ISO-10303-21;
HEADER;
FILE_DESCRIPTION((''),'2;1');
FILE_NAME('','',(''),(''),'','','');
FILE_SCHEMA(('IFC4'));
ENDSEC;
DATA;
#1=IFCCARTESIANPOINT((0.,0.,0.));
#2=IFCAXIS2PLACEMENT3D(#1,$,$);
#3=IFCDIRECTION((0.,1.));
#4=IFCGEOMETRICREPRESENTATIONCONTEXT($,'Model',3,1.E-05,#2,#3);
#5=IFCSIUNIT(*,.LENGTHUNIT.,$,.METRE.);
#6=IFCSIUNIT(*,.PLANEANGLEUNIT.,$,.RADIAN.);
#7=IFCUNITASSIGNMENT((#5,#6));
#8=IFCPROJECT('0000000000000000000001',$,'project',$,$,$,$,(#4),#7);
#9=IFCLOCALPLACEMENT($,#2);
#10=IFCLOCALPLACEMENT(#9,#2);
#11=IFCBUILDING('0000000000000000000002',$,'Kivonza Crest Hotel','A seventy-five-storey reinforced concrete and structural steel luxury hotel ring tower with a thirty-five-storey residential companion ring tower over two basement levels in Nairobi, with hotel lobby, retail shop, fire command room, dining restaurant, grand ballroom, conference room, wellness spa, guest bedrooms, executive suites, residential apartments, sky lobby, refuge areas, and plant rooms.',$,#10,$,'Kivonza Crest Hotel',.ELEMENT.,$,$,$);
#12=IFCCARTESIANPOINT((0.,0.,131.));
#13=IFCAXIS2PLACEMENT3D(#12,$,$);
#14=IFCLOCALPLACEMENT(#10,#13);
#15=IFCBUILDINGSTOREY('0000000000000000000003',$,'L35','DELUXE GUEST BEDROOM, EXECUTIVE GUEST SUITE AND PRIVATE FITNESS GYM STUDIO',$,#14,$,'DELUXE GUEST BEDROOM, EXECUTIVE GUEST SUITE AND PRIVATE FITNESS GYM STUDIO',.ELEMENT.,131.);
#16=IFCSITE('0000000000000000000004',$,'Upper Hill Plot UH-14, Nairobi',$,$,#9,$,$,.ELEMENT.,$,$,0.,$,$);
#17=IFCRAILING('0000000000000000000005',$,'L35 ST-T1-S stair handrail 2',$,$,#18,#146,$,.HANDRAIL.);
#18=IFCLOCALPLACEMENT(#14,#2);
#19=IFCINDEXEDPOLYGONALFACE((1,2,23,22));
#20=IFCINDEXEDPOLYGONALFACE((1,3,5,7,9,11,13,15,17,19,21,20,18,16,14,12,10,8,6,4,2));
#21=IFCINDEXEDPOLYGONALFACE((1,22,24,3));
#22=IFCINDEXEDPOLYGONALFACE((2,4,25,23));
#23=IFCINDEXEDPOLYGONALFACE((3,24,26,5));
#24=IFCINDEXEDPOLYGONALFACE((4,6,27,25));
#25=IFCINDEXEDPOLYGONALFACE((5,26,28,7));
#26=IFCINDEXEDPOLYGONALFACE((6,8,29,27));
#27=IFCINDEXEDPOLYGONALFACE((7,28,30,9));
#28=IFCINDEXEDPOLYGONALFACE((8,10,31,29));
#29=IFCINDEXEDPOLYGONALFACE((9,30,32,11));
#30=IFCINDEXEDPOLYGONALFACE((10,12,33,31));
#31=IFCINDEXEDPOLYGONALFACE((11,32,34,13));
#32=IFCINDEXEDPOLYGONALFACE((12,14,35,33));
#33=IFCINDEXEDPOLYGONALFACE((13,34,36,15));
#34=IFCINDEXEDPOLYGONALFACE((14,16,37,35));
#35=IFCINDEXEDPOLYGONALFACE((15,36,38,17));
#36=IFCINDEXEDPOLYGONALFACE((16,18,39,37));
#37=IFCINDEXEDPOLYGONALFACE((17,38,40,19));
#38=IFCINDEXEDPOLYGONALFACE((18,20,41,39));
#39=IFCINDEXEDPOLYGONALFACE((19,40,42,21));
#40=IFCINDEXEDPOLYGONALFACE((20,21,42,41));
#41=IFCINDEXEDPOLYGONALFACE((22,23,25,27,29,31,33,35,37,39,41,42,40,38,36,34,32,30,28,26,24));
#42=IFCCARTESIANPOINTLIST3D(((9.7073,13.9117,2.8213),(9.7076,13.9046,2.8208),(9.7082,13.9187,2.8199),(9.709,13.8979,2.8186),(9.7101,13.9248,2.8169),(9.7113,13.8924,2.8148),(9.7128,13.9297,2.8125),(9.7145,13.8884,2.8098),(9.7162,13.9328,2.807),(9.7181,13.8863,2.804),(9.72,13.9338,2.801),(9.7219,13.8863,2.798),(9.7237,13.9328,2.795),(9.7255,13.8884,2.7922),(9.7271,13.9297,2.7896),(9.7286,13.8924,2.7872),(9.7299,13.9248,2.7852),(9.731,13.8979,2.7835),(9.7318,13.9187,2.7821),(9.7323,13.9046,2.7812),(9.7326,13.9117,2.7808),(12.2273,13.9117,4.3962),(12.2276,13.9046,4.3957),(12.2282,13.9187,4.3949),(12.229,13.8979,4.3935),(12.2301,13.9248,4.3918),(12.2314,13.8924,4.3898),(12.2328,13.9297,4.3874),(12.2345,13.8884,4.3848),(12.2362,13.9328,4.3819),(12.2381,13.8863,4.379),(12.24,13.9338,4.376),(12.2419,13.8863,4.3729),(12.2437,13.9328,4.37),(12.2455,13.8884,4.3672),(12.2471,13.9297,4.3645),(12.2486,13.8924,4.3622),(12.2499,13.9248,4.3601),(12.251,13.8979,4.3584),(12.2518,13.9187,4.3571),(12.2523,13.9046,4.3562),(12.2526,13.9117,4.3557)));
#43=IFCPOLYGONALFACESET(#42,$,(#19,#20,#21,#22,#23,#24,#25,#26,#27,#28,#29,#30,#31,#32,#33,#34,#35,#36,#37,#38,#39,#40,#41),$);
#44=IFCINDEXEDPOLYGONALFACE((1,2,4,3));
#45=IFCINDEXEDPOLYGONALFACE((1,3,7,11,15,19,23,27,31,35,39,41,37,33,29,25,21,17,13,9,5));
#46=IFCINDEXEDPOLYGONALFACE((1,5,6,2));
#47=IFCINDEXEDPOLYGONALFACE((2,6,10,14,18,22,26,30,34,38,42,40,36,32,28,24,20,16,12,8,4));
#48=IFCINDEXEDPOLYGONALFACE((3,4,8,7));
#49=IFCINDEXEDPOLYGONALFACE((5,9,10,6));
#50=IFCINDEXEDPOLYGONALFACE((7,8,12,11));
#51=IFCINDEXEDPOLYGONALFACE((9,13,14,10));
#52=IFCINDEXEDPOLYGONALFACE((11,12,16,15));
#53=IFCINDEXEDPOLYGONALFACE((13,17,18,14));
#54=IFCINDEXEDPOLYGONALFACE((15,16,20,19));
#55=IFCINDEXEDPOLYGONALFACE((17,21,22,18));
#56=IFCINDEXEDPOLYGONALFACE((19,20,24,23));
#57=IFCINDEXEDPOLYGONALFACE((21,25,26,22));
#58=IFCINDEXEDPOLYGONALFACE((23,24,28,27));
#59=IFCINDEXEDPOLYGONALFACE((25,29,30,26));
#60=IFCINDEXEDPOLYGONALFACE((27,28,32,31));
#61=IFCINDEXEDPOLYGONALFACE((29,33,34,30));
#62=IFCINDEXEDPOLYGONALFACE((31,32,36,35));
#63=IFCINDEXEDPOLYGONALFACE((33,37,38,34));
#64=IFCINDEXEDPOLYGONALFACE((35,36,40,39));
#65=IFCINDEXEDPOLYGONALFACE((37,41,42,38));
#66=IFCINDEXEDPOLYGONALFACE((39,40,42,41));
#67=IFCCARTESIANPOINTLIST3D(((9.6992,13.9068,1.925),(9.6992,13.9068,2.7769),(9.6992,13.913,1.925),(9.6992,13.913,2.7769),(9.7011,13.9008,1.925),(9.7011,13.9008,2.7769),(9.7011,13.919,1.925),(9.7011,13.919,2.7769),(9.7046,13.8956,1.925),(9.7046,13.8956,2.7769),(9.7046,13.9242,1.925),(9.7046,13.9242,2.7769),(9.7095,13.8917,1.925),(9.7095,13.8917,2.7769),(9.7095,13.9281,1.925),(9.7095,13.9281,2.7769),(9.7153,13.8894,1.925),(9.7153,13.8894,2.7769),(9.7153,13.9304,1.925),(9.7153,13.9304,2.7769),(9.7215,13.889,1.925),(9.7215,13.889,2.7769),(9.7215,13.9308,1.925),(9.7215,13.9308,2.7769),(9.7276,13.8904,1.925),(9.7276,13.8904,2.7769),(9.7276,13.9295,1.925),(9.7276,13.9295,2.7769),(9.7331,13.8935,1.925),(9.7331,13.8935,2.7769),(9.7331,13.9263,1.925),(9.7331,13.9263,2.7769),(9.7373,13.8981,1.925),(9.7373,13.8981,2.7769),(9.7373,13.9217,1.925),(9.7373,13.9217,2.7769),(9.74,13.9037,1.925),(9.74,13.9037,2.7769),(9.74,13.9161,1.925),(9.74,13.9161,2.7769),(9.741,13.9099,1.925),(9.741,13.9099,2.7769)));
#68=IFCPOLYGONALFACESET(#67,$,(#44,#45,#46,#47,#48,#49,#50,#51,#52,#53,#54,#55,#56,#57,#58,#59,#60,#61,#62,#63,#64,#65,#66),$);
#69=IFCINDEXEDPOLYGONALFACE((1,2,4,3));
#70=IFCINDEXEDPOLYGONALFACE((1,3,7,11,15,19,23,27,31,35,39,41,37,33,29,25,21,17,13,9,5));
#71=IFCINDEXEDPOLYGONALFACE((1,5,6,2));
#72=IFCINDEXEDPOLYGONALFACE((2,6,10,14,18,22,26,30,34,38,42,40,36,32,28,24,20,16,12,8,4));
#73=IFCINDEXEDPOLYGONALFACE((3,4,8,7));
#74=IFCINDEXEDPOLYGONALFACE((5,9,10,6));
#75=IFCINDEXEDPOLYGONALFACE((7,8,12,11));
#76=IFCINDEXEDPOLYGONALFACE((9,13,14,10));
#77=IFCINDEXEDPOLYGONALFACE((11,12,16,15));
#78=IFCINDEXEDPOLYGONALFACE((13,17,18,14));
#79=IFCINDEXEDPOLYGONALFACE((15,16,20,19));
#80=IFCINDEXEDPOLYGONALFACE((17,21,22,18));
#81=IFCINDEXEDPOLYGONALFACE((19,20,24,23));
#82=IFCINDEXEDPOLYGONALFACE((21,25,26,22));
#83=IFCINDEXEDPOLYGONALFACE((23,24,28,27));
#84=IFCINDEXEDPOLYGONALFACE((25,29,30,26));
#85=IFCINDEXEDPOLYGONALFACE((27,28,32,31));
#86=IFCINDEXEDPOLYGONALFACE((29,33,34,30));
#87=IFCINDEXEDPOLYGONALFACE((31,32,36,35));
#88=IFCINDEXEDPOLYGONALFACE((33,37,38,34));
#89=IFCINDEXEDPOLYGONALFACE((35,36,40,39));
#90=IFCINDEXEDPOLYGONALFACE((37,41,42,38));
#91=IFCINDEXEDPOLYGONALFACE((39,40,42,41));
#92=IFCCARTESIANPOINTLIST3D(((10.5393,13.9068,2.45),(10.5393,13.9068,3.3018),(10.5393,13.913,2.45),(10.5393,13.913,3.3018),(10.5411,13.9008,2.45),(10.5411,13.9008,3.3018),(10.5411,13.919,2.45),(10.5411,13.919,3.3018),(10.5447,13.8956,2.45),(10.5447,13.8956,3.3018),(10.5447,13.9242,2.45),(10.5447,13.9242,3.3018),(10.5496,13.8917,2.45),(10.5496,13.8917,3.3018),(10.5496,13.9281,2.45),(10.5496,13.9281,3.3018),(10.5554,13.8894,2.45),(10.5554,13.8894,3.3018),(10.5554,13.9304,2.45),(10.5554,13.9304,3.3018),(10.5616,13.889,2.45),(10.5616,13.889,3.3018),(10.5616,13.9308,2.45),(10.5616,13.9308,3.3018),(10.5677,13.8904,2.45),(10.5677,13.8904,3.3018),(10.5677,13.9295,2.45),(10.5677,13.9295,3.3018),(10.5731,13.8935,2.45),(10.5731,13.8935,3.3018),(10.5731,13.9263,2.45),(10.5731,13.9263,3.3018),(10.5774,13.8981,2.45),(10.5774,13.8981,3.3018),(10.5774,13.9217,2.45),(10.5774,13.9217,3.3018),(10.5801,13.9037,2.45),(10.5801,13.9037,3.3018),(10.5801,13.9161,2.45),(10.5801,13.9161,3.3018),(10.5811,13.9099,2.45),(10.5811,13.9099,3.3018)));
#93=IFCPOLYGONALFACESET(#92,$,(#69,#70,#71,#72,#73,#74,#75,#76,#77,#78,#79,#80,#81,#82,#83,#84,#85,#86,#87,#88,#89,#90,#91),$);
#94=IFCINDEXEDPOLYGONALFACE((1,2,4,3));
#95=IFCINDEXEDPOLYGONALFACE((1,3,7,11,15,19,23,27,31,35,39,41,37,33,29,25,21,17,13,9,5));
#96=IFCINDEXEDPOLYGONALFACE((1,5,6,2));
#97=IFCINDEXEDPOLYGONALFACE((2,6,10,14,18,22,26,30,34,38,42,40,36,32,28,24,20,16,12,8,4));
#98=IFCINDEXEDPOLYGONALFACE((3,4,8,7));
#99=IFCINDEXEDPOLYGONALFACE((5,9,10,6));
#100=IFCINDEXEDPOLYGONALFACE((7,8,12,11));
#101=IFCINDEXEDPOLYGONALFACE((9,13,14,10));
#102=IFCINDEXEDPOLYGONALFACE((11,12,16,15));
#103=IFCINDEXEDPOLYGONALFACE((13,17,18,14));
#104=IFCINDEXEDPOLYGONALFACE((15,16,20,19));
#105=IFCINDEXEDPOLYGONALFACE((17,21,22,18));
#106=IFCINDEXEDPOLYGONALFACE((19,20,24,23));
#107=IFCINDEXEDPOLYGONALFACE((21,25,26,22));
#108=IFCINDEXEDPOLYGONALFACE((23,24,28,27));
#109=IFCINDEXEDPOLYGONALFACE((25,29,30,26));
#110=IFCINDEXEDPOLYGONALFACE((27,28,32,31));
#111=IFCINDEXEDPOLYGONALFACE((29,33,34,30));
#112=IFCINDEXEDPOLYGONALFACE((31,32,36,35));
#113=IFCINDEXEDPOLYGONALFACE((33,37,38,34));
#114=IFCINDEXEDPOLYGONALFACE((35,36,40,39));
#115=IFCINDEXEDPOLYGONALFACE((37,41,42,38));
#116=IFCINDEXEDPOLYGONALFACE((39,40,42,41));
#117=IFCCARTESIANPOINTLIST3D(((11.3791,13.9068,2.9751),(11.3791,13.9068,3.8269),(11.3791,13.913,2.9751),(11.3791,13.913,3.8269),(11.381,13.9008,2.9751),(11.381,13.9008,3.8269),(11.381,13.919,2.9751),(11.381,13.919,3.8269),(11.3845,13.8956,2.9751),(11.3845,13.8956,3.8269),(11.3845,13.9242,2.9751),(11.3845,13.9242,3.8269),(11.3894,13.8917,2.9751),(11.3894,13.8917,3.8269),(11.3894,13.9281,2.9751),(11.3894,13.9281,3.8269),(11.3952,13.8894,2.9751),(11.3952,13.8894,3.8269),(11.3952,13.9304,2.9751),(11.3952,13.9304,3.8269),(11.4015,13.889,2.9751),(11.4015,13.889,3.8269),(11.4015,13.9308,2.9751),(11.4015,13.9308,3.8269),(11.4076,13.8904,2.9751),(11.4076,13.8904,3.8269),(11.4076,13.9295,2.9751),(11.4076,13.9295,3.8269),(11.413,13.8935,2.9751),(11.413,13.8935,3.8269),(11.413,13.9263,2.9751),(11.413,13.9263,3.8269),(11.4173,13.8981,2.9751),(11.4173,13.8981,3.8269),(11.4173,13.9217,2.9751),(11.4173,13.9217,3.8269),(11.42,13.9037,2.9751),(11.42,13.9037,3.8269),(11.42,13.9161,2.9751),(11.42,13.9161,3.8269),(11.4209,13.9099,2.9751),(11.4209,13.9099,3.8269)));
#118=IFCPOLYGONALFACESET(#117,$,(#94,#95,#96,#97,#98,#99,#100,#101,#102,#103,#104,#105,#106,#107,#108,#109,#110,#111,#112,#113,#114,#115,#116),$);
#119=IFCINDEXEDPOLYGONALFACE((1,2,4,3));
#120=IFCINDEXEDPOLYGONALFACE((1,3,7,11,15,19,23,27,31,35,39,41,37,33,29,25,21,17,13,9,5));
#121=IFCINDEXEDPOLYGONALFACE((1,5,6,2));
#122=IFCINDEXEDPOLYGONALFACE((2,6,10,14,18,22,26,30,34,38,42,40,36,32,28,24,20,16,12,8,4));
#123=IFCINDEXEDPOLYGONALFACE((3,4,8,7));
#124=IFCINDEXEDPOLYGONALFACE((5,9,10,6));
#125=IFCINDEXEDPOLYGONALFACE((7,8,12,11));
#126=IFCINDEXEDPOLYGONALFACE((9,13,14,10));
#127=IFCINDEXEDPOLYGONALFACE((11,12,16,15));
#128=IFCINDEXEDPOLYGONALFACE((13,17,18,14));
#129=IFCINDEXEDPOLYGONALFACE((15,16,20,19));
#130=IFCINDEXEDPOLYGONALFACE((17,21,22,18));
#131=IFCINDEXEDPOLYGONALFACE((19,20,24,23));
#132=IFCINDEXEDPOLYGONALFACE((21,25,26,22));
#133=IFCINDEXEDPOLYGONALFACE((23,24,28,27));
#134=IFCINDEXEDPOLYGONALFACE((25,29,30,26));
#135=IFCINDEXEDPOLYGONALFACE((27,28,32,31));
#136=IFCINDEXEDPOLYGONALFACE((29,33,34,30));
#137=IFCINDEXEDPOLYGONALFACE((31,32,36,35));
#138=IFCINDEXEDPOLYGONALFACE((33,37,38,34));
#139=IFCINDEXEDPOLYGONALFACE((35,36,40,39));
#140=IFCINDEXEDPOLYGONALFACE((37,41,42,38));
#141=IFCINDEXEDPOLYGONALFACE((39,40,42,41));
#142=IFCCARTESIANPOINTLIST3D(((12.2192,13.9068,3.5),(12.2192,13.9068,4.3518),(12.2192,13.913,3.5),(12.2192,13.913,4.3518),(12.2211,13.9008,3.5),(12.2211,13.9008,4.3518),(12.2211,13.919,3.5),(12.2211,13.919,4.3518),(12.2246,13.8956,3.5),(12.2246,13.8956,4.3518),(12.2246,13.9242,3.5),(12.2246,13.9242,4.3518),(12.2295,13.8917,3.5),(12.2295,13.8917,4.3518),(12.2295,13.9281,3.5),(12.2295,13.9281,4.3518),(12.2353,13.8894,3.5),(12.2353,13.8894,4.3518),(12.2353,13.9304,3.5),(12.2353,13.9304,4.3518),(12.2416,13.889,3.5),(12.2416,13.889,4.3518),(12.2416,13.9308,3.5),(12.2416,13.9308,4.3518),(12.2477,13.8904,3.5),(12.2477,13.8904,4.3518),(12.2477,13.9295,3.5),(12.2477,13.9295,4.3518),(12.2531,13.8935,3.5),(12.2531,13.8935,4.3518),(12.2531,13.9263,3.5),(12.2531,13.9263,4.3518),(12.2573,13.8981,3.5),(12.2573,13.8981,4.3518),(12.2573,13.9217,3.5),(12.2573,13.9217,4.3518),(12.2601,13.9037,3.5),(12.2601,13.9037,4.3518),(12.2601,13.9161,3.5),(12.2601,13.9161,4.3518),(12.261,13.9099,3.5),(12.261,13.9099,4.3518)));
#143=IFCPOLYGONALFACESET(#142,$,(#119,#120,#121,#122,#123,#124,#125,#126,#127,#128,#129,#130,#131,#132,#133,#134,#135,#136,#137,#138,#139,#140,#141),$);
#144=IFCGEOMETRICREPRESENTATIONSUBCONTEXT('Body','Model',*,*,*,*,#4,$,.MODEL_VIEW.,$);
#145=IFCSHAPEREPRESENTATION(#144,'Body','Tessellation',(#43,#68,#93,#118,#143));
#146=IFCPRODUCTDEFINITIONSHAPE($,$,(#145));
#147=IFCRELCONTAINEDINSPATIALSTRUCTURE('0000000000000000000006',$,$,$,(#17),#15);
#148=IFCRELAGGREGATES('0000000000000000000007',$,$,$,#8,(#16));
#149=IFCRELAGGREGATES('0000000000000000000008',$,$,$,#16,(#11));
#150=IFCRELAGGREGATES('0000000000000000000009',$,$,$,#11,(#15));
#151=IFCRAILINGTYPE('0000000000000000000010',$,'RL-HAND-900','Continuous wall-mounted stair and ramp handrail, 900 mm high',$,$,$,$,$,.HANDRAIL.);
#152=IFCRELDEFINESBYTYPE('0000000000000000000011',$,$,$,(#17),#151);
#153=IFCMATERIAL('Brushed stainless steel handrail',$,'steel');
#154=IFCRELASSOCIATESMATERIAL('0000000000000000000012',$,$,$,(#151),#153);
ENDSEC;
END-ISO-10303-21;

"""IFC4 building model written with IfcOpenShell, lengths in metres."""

from ifc_helpers import new_model, si_unit, direction, frame, origin, origin_2d, place, context, subcontext, project, spatial, circle, extrude, material, type_object, element, save


model = new_model("IFC4")

# Units and contexts
model_context = context("Model", 3, precision=1e-05, world=origin(), true_north=direction((0.0, 1.0)))
body_context = subcontext(model_context, "Body", "Model", "MODEL_VIEW")
ifc_project = project(units=[si_unit("LENGTHUNIT", "METRE"), si_unit("PLANEANGLEUNIT", "RADIAN")], contexts=[model_context])

# Site, building, storey
site_placement = place(None, origin())
site = spatial("IfcSite", under=ifc_project, at=site_placement, Name="Upper Hill Plot UH-14, Nairobi", CompositionType="ELEMENT", RefElevation=0.0)
building_placement = place(site_placement, origin())
building = spatial("IfcBuilding", under=site, at=building_placement, Name="Kivonza Crest Hotel", Description="A seventy-five-storey reinforced concrete and structural steel luxury hotel ring tower with a thirty-five-storey residential companion ring tower over two basement levels in Nairobi, with hotel lobby, retail shop, fire command room, dining restaurant, grand ballroom, conference room, wellness spa, guest bedrooms, executive suites, residential apartments, sky lobby, refuge areas, and plant rooms.", LongName="Kivonza Crest Hotel", CompositionType="ELEMENT")
storey_placement = place(building_placement, frame((0.0, 0.0, 131.0)))
storey = spatial("IfcBuildingStorey", under=building, at=storey_placement, Name="L35", Description="DELUXE GUEST BEDROOM, EXECUTIVE GUEST SUITE AND PRIVATE FITNESS GYM STUDIO", LongName="DELUXE GUEST BEDROOM, EXECUTIVE GUEST SUITE AND PRIVATE FITNESS GYM STUDIO", CompositionType="ELEMENT", Elevation=131.0)

# Railing
ifc_material_1 = material(Name="Brushed stainless steel handrail", Category="steel")
railing_type_1 = type_object("IfcRailingType", Name="RL-HAND-900", Description="Continuous wall-mounted stair and ramp handrail, 900 mm high", PredefinedType="HANDRAIL", material=ifc_material_1)
railing_1_placement = place(storey_placement, frame((9.72, 13.9099, 1.925)))
element("IfcRailing", 1, at=railing_1_placement, inside=storey, type_object=railing_type_1, Name="L35 ST-T1-S stair handrail 2", PredefinedType="HANDRAIL", context=body_context, shape_type="SweptSolid", body=[
    extrude(circle(Radius=0.0239, at=origin_2d()), frame((0.0, 0.0, 0.876), z_axis=(0.848008, 0.0, 0.529984), x_axis=(0.0, 1.0, 0.0)), (0.0, 0.0, 1.0), 2.9717),
    extrude(circle(Radius=0.021, at=origin_2d()), origin(), (0.0, 0.0, 1.0), 0.8518),
    extrude(circle(Radius=0.021, at=origin_2d()), frame((0.8401, 0.0, 0.5249)), (0.0, 0.0, 1.0), 0.8518),
    extrude(circle(Radius=0.021, at=origin_2d()), frame((1.6799, 0.0, 1.05)), (0.0, 0.0, 1.0), 0.8518),
    extrude(circle(Radius=0.021, at=origin_2d()), frame((2.52, 0.0, 1.575)), (0.0, 0.0, 1.0), 0.8518),
])

save(model, "model.ifc")
